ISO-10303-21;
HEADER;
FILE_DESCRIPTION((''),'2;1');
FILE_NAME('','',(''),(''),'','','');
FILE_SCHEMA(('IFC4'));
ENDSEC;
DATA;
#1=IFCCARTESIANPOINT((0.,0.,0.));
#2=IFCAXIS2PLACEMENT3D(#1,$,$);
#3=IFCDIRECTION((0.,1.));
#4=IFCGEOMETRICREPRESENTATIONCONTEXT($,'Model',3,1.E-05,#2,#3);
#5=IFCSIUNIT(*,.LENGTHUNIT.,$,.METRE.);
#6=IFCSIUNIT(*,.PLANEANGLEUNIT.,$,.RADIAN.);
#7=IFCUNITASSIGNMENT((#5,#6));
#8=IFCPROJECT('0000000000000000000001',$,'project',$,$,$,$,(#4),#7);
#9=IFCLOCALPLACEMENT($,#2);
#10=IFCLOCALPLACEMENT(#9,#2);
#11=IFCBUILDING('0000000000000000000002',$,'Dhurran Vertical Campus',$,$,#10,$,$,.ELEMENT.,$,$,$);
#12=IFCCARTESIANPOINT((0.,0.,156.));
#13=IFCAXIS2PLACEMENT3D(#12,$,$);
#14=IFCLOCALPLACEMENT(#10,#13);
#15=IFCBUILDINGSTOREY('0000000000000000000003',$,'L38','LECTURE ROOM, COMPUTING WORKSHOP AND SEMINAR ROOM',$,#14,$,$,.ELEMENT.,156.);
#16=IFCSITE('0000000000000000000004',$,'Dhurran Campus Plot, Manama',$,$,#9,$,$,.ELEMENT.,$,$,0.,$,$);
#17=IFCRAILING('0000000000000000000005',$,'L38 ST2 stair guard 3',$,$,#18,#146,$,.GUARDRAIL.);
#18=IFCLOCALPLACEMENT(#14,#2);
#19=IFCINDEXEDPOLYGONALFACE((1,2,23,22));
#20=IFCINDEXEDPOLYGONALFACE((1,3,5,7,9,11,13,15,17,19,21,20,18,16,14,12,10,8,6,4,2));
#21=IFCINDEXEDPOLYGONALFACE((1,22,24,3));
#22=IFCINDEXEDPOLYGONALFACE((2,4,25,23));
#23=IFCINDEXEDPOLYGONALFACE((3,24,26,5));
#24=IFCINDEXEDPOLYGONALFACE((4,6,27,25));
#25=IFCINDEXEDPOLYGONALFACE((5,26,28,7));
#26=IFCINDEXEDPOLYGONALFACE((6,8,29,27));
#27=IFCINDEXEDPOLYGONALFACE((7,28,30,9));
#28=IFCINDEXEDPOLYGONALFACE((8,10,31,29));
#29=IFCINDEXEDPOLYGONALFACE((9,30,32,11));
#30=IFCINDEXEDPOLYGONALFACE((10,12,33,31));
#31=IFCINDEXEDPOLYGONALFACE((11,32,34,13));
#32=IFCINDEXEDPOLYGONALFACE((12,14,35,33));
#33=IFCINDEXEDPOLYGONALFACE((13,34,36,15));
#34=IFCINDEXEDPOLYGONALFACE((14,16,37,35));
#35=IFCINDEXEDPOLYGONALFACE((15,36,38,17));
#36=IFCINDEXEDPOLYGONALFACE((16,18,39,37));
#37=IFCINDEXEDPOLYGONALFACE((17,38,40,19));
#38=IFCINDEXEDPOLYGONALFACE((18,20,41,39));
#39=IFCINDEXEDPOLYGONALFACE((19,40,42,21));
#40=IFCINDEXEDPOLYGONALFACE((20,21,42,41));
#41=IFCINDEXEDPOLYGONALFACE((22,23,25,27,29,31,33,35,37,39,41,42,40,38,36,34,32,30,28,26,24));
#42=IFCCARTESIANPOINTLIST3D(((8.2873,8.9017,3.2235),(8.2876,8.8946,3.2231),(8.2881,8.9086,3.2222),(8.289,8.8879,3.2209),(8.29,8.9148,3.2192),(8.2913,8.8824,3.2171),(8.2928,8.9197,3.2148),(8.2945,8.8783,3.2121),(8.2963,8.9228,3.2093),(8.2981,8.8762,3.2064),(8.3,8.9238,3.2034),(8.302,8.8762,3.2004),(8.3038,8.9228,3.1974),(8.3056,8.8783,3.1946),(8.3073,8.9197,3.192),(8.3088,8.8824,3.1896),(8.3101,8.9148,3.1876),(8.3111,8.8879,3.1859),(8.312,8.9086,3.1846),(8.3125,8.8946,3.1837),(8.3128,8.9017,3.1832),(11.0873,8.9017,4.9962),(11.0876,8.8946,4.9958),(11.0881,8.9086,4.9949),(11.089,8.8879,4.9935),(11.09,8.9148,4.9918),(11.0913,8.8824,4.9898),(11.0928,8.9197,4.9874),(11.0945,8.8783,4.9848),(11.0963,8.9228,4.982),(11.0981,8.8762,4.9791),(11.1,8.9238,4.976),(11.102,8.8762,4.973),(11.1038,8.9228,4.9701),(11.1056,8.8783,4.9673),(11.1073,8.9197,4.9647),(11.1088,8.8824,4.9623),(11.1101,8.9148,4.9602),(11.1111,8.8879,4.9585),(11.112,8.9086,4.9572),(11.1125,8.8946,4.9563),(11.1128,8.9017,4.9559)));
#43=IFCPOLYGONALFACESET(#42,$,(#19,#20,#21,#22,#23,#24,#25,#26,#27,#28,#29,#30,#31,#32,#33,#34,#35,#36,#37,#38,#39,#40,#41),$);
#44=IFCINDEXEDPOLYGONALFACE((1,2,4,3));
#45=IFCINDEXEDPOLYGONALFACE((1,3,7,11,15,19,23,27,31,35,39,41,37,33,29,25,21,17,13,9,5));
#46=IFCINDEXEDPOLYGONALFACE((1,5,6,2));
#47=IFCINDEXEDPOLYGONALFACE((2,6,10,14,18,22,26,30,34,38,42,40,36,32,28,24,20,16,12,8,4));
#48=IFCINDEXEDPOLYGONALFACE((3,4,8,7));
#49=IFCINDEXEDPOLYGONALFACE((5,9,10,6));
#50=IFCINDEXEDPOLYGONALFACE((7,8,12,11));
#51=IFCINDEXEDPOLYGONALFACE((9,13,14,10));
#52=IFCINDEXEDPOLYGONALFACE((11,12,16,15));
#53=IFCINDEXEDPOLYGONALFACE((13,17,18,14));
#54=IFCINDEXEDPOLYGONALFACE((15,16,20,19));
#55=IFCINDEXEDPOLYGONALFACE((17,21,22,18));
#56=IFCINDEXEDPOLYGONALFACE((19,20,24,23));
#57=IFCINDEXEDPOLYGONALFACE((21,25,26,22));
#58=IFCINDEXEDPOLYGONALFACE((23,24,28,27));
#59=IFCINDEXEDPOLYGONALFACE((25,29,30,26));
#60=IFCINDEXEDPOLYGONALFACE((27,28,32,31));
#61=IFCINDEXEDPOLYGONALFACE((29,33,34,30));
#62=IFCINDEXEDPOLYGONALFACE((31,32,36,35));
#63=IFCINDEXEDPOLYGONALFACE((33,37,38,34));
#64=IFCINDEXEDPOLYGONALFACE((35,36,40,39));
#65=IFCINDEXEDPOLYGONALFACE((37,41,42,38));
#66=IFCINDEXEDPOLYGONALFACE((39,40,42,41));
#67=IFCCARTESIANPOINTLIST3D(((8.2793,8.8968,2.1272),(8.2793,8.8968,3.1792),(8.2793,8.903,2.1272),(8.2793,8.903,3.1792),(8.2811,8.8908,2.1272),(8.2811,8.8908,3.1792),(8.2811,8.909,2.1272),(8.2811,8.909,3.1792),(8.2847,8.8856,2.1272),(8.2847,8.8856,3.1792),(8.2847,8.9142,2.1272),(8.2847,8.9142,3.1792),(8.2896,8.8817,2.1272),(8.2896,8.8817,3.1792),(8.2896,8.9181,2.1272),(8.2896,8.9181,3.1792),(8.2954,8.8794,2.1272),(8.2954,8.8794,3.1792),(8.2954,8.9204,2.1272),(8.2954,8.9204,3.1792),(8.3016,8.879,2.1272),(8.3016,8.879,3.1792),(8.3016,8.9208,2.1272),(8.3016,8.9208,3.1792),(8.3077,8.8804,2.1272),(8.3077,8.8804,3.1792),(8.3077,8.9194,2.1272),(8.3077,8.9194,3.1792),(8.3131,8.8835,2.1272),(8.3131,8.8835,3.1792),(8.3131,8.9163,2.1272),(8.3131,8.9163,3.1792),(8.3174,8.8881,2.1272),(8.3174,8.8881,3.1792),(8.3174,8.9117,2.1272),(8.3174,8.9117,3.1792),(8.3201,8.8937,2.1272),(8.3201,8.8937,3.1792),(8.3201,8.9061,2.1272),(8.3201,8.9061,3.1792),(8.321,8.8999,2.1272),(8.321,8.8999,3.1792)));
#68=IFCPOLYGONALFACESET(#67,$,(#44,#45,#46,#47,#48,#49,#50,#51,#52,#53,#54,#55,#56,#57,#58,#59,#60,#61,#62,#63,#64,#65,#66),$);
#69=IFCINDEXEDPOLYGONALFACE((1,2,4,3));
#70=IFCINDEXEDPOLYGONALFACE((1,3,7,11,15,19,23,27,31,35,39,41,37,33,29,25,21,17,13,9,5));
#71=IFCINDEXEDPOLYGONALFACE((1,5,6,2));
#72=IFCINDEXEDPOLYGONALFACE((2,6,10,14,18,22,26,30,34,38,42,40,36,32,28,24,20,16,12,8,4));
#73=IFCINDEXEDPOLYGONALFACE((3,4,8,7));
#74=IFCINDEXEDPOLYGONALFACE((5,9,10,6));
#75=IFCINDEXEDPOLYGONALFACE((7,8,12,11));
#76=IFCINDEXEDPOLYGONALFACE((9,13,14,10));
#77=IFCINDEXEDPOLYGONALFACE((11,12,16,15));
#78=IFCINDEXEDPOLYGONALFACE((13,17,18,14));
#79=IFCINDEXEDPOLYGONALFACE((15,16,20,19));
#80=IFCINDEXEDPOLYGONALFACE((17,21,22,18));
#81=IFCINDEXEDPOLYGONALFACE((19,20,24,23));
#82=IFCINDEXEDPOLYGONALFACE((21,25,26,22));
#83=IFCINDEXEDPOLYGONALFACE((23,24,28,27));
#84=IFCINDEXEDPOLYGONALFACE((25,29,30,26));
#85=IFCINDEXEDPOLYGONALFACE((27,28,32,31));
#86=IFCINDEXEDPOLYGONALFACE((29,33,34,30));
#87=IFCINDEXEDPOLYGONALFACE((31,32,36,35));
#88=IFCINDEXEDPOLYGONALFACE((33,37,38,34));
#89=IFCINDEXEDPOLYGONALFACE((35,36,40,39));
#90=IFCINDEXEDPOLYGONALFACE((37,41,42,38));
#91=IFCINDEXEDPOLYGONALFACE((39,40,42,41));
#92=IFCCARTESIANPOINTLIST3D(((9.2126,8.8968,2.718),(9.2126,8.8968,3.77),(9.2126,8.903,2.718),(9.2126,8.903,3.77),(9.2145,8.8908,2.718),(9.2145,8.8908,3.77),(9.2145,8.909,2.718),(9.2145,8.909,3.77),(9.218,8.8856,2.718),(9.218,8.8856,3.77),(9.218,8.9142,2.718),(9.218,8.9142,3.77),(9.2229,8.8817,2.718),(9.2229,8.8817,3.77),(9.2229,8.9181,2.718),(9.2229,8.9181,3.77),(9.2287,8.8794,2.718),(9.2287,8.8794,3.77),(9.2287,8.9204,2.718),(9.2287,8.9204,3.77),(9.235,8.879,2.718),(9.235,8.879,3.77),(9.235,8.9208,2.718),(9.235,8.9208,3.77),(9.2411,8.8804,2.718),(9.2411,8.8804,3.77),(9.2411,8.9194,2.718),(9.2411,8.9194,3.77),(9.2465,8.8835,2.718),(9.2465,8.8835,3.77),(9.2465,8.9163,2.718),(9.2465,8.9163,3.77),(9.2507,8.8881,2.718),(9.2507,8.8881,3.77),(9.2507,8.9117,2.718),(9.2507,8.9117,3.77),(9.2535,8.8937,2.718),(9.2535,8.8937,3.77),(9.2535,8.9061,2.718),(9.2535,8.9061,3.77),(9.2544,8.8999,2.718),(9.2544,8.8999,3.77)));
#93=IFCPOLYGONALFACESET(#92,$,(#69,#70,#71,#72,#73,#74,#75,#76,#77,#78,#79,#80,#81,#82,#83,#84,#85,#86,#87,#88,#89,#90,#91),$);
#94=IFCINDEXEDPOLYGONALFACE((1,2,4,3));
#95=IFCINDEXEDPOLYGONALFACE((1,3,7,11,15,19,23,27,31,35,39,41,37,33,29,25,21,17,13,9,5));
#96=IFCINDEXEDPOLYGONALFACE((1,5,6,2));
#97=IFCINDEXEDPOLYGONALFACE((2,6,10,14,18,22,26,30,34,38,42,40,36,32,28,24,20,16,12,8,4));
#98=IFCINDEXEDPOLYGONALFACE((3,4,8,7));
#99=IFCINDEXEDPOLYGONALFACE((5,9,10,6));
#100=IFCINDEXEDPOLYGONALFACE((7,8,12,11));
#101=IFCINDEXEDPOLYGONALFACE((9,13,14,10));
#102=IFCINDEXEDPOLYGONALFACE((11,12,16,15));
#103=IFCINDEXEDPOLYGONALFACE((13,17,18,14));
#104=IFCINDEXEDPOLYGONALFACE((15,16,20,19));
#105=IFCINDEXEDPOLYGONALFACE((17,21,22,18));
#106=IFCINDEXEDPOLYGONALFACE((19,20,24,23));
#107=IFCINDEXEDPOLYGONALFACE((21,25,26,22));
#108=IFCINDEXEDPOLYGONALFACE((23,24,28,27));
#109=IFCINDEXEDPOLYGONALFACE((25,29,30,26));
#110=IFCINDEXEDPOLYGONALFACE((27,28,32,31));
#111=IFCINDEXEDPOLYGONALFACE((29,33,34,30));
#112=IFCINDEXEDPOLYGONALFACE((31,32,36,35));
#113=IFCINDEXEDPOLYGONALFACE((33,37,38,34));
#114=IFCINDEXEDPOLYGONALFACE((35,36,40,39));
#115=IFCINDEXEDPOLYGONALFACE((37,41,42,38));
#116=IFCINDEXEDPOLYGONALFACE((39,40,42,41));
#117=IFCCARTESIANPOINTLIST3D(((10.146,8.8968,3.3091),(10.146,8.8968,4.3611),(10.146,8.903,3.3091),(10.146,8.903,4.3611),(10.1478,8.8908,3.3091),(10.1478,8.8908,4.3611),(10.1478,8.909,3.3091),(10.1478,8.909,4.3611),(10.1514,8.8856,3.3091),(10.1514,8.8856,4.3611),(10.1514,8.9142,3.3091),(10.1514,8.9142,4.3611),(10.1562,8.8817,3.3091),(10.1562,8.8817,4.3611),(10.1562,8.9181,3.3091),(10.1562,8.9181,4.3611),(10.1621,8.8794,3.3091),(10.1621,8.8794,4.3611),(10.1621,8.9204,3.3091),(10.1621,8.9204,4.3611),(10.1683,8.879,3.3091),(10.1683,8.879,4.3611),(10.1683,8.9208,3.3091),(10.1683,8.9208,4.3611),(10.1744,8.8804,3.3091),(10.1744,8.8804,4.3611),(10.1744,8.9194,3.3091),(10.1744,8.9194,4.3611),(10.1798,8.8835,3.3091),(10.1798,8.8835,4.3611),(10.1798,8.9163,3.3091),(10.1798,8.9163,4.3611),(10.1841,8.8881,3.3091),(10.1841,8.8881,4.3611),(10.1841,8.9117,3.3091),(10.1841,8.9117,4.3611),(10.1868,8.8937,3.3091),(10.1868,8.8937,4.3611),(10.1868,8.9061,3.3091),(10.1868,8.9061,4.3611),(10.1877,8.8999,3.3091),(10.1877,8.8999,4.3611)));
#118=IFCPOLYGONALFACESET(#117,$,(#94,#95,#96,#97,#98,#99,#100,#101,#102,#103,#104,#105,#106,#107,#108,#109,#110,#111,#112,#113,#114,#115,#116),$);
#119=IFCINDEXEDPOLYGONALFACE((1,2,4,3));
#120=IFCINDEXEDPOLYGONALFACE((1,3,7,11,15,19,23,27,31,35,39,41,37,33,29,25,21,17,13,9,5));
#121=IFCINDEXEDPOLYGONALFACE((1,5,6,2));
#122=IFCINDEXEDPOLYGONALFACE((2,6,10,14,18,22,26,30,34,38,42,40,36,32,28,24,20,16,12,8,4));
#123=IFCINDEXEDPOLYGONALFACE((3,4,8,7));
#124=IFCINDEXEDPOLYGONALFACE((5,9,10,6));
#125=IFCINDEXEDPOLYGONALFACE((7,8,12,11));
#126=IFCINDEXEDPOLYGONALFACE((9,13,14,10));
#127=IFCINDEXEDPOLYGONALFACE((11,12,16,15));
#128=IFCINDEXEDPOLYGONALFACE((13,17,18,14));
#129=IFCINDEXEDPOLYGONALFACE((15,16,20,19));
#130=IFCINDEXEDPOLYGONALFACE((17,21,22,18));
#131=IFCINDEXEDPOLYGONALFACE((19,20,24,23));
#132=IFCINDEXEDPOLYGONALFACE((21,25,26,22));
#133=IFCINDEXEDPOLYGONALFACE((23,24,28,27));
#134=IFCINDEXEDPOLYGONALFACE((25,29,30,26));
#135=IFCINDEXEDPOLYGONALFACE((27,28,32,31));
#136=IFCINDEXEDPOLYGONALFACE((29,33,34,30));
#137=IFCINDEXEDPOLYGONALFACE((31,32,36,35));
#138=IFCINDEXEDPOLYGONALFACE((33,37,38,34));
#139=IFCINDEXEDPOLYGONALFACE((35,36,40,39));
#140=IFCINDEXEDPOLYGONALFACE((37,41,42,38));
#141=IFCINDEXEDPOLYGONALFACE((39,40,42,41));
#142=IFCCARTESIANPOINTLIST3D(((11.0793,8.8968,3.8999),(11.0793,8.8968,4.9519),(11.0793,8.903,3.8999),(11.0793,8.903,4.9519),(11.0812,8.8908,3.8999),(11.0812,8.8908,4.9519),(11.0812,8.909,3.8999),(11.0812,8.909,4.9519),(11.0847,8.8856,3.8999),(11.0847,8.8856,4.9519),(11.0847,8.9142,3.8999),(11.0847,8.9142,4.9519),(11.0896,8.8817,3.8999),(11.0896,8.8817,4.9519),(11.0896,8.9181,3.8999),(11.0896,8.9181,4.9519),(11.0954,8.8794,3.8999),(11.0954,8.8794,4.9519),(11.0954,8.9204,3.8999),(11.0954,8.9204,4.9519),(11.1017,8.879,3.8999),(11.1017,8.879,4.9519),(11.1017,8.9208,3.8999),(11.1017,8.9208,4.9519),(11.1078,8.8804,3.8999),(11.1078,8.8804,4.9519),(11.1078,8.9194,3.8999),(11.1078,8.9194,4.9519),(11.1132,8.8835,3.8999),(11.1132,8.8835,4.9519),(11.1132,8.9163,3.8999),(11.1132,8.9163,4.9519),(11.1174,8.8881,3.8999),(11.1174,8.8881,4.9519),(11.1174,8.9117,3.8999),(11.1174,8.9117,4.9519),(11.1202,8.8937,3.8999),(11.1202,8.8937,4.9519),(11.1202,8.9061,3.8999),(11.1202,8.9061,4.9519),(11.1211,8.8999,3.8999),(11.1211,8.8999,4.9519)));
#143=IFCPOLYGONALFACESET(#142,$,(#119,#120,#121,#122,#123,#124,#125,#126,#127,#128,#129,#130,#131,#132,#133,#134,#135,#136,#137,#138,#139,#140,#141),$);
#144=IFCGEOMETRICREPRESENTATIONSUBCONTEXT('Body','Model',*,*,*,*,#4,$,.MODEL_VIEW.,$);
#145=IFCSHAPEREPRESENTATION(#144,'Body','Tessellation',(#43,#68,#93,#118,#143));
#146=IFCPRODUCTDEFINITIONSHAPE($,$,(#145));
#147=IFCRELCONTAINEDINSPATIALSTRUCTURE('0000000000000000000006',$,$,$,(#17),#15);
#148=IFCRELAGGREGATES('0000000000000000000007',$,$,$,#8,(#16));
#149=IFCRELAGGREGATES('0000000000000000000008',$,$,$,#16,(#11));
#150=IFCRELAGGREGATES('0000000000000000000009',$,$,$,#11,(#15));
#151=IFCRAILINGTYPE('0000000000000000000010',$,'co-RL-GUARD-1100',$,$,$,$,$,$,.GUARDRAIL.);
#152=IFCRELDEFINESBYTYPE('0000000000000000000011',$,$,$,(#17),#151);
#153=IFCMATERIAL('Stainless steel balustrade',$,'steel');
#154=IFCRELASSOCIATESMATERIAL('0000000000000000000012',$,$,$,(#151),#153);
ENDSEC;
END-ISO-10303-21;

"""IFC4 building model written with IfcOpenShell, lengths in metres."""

from ifc_helpers import new_model, si_unit, direction, frame, origin, origin_2d, place, context, subcontext, project, spatial, circle, extrude, material, type_object, element, save


model = new_model("IFC4")

# Units and contexts
model_context = context("Model", 3, precision=1e-05, world=origin(), true_north=direction((0.0, 1.0)))
body_context = subcontext(model_context, "Body", "Model", "MODEL_VIEW")
ifc_project = project(units=[si_unit("LENGTHUNIT", "METRE"), si_unit("PLANEANGLEUNIT", "RADIAN")], contexts=[model_context])

# Site, building, storey
site_placement = place(None, origin())
site = spatial("IfcSite", under=ifc_project, at=site_placement, Name="Dhurran Campus Plot, Manama", CompositionType="ELEMENT", RefElevation=0.0)
building_placement = place(site_placement, origin())
building = spatial("IfcBuilding", under=site, at=building_placement, Name="Dhurran Vertical Campus", CompositionType="ELEMENT")
storey_placement = place(building_placement, frame((0.0, 0.0, 156.0)))
storey = spatial("IfcBuildingStorey", under=building, at=storey_placement, Name="L38", Description="LECTURE ROOM, COMPUTING WORKSHOP AND SEMINAR ROOM", CompositionType="ELEMENT", Elevation=156.0)

# Railing
ifc_material_1 = material(Name="Stainless steel balustrade", Category="steel")
railing_type_1 = type_object("IfcRailingType", Name="co-RL-GUARD-1100", PredefinedType="GUARDRAIL", material=ifc_material_1)
railing_1_placement = place(storey_placement, frame((8.3, 8.8999, 2.1272)))
element("IfcRailing", 1, at=railing_1_placement, inside=storey, type_object=railing_type_1, Name="L38 ST2 stair guard 3", PredefinedType="GUARDRAIL", context=body_context, shape_type="SweptSolid", body=[
    extrude(circle(Radius=0.0239, at=origin_2d()), frame((0.0, 0.0, 1.0762), z_axis=(0.844909, 0.0, 0.53491), x_axis=(0.0, 1.0, 0.0)), (0.0, 0.0, 1.0), 3.314),
    extrude(circle(Radius=0.021, at=origin_2d()), origin(), (0.0, 0.0, 1.0), 1.052),
    extrude(circle(Radius=0.021, at=origin_2d()), frame((0.9333, 0.0, 0.5908)), (0.0, 0.0, 1.0), 1.052),
    extrude(circle(Radius=0.021, at=origin_2d()), frame((1.8667, 0.0, 1.1819)), (0.0, 0.0, 1.0), 1.052),
    extrude(circle(Radius=0.021, at=origin_2d()), frame((2.8, 0.0, 1.7727)), (0.0, 0.0, 1.0), 1.052),
])

save(model, "model.ifc")
